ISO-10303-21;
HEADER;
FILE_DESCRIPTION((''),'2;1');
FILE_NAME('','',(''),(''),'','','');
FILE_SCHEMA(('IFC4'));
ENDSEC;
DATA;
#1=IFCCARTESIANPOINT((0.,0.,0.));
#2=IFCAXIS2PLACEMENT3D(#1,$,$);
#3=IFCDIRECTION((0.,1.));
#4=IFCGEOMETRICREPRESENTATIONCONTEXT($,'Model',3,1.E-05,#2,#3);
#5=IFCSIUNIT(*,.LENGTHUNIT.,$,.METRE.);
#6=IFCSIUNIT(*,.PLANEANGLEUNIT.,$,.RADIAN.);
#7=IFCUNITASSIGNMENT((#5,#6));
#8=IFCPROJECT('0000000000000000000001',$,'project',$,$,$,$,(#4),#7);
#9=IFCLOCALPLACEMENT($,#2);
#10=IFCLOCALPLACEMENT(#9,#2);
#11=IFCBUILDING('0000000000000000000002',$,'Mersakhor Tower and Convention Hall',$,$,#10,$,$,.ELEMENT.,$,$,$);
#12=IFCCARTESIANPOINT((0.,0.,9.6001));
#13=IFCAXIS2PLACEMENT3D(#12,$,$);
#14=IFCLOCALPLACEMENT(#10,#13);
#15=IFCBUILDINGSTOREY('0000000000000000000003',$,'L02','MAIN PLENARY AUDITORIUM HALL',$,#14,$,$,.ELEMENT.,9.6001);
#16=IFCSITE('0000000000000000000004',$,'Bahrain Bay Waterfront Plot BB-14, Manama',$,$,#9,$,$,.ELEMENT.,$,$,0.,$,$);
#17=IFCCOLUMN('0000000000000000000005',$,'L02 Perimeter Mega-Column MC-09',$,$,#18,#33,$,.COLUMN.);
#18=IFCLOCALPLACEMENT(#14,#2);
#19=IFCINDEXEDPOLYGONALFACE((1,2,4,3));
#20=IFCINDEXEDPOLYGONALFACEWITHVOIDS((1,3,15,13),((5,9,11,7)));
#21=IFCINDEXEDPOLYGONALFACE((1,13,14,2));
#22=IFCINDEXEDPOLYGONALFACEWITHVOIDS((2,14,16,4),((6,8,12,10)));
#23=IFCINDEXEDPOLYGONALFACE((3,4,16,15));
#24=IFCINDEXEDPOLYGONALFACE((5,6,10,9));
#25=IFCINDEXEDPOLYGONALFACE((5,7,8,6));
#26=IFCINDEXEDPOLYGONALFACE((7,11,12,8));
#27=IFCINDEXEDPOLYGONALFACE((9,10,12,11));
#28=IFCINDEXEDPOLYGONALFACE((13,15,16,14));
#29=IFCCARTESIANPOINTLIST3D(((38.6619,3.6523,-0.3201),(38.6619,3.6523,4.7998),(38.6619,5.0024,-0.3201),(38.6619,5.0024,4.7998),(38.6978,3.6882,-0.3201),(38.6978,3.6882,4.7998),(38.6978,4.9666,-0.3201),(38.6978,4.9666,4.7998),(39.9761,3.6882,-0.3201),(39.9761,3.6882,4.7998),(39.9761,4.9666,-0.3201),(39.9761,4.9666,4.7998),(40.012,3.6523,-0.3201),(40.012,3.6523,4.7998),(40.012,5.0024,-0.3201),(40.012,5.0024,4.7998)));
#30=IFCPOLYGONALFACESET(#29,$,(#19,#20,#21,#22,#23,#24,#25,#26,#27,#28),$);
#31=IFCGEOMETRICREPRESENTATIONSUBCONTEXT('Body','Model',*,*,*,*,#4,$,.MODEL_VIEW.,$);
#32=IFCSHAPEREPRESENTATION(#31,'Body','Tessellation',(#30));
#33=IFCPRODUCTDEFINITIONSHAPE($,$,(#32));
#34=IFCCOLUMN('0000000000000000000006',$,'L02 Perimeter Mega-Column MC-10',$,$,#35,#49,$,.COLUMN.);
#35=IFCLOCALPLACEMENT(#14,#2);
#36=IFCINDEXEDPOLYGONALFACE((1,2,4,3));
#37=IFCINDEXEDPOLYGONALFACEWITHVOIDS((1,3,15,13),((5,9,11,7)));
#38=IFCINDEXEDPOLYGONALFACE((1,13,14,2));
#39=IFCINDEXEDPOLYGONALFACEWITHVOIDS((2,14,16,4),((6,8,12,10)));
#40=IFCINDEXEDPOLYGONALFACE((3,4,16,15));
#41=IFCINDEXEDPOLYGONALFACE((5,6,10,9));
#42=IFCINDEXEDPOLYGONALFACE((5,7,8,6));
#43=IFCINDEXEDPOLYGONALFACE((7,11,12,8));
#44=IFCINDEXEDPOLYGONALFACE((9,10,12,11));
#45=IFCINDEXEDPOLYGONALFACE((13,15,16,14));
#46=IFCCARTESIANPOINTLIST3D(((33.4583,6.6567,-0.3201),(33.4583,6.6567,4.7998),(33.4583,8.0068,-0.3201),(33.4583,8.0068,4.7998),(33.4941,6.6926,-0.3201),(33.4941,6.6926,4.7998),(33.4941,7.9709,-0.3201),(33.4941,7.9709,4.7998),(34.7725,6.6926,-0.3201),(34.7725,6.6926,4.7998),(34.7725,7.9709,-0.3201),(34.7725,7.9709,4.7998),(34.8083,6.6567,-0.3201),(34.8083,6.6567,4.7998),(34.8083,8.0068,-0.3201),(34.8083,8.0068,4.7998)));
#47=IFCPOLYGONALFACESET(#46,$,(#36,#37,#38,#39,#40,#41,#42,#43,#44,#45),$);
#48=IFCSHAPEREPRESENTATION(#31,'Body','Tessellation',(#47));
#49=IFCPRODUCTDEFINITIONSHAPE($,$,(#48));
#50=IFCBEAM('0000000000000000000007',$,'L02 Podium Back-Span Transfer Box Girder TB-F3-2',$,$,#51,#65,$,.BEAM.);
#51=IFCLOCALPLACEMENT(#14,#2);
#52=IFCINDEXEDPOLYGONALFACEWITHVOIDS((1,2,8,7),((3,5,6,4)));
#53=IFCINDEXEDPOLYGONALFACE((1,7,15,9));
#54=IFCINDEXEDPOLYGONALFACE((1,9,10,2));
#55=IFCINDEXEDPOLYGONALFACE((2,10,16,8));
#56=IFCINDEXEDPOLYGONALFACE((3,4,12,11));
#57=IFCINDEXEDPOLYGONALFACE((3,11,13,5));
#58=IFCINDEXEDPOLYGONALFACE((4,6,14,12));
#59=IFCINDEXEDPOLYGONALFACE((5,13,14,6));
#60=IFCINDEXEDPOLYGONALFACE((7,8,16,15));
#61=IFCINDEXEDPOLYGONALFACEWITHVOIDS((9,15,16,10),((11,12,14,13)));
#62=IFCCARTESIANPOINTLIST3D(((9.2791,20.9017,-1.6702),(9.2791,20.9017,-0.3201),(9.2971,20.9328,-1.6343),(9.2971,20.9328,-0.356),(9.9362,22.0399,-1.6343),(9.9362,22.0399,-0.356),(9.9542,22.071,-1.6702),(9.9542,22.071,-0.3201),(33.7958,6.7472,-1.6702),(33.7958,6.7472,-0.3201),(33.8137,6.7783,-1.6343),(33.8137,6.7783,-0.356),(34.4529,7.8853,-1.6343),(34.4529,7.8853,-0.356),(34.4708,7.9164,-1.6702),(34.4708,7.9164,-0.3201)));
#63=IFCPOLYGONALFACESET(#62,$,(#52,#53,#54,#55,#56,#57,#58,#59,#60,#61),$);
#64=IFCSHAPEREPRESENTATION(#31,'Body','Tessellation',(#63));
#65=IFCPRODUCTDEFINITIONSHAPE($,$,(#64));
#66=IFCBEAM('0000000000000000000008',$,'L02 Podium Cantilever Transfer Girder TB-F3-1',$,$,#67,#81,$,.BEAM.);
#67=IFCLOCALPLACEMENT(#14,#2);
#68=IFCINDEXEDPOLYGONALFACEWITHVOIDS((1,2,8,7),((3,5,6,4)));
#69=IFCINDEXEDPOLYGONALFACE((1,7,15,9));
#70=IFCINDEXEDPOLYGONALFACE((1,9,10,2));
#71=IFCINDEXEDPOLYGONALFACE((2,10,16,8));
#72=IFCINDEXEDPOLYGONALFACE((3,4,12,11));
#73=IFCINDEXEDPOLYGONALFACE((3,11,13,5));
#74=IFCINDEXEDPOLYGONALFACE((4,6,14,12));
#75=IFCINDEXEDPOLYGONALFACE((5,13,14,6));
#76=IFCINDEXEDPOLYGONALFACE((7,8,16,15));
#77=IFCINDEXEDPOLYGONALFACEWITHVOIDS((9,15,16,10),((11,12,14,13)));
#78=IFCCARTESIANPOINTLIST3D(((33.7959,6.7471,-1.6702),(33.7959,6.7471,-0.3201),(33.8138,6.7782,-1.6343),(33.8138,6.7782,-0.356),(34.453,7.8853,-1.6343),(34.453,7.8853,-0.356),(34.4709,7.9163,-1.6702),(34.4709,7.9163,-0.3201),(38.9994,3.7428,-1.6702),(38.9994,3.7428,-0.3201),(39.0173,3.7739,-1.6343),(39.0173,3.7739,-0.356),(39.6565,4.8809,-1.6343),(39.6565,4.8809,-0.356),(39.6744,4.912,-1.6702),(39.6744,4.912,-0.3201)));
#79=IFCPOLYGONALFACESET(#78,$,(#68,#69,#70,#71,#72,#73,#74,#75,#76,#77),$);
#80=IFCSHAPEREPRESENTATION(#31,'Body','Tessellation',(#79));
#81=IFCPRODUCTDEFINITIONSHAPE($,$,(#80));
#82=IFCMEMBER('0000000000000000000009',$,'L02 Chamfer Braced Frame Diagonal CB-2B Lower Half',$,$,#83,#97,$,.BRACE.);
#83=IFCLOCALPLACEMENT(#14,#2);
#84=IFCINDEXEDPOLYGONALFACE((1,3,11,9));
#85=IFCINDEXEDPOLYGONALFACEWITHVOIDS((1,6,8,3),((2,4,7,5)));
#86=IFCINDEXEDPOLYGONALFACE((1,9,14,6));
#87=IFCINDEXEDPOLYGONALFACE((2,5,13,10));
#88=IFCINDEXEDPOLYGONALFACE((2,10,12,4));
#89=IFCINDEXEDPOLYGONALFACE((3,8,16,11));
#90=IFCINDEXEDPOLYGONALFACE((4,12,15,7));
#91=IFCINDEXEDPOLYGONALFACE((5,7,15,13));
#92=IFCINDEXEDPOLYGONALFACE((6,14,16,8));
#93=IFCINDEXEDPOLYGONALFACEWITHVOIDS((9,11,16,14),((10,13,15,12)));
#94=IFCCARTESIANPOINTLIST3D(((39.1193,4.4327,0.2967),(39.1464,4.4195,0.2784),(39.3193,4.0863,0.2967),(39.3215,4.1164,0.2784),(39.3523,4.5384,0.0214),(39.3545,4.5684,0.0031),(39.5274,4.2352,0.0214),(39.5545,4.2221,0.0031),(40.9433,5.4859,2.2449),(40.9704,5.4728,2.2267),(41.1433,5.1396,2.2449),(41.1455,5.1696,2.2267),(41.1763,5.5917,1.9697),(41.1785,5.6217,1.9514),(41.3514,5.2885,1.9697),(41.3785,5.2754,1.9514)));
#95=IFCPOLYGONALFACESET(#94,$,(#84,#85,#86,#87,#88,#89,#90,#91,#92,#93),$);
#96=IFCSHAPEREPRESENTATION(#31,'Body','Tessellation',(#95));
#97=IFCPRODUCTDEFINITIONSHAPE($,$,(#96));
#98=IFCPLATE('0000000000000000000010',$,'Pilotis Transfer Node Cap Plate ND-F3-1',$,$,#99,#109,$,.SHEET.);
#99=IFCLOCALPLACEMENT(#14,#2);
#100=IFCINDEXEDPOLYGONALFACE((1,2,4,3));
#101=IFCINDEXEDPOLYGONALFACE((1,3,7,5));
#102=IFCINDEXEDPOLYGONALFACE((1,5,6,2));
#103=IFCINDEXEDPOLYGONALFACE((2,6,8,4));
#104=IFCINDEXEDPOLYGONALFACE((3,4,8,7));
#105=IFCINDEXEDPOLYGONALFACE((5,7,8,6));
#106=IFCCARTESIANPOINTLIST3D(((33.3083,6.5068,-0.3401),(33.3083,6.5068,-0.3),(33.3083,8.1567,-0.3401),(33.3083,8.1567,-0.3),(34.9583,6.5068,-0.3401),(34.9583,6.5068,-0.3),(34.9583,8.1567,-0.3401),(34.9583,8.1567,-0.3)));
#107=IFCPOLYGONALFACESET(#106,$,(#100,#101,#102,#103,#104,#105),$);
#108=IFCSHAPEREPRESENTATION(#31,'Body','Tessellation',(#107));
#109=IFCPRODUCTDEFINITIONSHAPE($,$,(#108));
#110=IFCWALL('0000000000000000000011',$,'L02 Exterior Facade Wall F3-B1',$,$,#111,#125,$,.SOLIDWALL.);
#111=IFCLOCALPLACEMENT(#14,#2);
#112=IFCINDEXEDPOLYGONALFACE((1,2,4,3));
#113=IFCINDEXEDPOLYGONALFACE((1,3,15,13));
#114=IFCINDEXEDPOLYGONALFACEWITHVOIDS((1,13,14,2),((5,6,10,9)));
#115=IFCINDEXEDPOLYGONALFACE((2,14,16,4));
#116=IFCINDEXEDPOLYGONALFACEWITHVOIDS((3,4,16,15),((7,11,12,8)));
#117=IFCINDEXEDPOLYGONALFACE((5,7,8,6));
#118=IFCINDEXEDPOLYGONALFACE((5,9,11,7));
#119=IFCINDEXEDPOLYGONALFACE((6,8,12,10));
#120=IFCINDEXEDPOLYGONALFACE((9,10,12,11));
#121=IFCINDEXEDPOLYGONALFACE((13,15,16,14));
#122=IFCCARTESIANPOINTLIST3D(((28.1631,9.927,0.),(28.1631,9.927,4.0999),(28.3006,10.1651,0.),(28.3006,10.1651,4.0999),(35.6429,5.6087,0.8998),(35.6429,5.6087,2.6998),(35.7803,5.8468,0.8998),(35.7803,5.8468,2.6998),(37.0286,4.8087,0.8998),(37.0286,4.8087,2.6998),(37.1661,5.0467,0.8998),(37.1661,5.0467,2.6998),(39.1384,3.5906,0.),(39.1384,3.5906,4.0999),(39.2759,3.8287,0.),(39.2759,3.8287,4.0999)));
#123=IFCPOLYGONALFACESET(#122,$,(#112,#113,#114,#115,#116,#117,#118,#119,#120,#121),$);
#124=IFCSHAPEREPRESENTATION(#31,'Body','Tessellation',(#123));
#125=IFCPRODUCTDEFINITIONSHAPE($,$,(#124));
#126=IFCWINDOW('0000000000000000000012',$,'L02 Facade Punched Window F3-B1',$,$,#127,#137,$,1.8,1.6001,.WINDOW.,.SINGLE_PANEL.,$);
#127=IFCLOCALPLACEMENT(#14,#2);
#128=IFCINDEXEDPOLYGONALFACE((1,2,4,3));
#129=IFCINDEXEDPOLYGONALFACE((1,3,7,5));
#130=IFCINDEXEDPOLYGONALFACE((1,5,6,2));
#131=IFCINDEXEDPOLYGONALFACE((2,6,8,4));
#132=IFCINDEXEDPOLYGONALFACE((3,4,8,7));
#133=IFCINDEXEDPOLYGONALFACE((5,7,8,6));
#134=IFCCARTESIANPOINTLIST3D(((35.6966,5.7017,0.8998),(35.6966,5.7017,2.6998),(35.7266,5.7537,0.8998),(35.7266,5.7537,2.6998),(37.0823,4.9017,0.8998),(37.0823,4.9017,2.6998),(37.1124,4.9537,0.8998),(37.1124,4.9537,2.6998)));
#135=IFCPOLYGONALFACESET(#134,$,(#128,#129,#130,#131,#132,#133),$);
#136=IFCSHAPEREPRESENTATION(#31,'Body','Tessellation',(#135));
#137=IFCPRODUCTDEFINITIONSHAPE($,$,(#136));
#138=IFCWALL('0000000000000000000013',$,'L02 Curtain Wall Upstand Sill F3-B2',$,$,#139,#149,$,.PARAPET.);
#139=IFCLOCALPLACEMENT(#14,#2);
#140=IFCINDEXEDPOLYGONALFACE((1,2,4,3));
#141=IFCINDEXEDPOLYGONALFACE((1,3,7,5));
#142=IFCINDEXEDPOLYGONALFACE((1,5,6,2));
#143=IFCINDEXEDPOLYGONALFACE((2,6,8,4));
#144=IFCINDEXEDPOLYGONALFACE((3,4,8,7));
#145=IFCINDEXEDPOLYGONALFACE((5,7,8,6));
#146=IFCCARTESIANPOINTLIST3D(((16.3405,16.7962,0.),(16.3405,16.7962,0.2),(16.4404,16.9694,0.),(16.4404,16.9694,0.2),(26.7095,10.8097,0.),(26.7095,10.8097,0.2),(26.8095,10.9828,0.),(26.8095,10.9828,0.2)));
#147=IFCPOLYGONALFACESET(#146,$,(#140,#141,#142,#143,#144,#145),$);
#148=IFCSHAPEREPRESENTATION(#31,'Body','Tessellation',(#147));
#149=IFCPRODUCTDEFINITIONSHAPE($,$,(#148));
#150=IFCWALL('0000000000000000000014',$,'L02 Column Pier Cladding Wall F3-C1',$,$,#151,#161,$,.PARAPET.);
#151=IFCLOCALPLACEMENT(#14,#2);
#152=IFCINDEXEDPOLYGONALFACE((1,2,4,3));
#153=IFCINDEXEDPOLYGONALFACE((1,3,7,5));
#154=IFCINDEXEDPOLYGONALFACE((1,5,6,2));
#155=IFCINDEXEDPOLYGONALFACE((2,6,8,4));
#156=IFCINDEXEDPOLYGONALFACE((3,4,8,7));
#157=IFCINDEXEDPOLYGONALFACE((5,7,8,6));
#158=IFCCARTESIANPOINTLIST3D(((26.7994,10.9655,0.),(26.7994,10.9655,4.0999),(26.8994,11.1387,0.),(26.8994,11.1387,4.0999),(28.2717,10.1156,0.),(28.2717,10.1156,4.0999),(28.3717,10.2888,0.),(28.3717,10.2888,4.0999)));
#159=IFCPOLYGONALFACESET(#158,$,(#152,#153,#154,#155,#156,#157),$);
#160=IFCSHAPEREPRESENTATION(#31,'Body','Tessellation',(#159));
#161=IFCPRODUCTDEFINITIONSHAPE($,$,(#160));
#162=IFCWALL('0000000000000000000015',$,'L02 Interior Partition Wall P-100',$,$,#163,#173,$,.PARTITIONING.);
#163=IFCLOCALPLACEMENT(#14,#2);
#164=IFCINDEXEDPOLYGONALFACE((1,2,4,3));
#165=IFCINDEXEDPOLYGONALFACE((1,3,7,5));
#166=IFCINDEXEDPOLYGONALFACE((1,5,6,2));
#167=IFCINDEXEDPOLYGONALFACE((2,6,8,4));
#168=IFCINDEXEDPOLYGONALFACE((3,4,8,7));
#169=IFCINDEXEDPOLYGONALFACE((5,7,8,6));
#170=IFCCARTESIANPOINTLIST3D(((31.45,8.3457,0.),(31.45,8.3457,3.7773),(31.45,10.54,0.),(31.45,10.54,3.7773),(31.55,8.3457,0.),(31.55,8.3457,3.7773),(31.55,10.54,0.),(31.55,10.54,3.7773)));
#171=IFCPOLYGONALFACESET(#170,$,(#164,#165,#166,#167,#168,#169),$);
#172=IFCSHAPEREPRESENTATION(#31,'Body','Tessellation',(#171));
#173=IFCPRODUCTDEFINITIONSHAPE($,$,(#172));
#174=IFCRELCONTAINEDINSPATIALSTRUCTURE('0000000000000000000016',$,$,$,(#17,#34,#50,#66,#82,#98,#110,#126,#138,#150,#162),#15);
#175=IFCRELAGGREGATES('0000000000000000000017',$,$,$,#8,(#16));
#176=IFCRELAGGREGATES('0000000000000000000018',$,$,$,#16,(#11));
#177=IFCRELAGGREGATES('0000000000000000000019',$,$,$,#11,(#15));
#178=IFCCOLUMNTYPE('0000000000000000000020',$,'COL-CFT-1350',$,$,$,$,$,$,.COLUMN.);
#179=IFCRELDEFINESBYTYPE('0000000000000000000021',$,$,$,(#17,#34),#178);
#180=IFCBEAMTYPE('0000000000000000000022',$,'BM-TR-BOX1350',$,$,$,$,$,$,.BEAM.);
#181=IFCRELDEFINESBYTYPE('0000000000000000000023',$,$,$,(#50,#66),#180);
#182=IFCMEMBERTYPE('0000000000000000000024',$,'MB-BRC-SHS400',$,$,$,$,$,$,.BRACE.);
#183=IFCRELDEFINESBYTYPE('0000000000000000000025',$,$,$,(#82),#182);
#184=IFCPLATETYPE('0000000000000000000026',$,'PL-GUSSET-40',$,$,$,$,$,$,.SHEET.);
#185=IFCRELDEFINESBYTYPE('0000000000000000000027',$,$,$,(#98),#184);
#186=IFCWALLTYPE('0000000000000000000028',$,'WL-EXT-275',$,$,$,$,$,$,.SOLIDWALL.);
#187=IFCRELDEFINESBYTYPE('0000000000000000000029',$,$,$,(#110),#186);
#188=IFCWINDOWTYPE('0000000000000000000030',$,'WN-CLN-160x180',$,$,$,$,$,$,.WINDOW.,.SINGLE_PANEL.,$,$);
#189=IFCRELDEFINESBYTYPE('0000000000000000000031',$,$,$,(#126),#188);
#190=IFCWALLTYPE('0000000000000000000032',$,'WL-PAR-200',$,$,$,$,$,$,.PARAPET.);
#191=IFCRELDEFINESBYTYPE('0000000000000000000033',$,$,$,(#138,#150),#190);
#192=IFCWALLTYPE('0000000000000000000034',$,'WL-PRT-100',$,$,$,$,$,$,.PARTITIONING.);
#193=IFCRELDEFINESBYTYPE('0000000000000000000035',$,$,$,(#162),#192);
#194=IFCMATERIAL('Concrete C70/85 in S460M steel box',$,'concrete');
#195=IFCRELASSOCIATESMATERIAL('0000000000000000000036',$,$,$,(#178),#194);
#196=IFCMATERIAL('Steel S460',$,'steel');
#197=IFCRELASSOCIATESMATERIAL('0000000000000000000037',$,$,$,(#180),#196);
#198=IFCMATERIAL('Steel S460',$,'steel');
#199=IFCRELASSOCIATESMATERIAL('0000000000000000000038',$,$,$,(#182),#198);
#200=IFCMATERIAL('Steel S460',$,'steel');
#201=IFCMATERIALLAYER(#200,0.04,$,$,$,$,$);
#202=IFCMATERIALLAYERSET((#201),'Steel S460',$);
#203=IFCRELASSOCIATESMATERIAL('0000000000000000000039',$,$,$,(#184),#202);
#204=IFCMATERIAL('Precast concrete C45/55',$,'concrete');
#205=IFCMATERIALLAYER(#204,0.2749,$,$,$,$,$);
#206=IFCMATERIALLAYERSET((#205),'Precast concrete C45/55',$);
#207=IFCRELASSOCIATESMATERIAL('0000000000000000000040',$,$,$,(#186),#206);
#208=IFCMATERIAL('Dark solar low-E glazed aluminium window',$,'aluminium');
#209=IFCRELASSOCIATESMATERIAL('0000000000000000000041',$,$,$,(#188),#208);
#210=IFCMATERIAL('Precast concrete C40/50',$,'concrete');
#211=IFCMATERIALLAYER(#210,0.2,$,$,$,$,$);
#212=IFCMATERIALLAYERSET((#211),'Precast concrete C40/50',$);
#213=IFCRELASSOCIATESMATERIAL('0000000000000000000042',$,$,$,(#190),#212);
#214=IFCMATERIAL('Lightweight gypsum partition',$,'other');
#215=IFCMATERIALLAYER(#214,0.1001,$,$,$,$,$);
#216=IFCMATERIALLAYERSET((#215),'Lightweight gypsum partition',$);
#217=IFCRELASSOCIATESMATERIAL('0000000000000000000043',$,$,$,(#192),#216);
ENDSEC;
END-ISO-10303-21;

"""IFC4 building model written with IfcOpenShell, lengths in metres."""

from ifc_helpers import new_model, si_unit, direction, frame, frame_2d, origin, origin_2d, place, context, subcontext, project, spatial, rectangle, hollow_rectangle, extrude, material, layer, layer_set, material_profile, profile_set, type_object, element, fill, save


model = new_model("IFC4")

# Units and contexts
model_context = context("Model", 3, precision=1e-05, world=origin(), true_north=direction((0.0, 1.0)))
body_context = subcontext(model_context, "Body", "Model", "MODEL_VIEW")
ifc_project = project(units=[si_unit("LENGTHUNIT", "METRE"), si_unit("PLANEANGLEUNIT", "RADIAN")], contexts=[model_context])

# Site, building, storey
site_placement = place(None, origin())
site = spatial("IfcSite", under=ifc_project, at=site_placement, Name="Bahrain Bay Waterfront Plot BB-14, Manama", CompositionType="ELEMENT", RefElevation=0.0)
building_placement = place(site_placement, origin())
building = spatial("IfcBuilding", under=site, at=building_placement, Name="Mersakhor Tower and Convention Hall", CompositionType="ELEMENT")
storey_placement = place(building_placement, frame((0.0, 0.0, 9.6001)))
storey = spatial("IfcBuildingStorey", under=building, at=storey_placement, Name="L02", Description="MAIN PLENARY AUDITORIUM HALL", CompositionType="ELEMENT", Elevation=9.6001)

# Columns
ifc_material_1 = material(Name="Concrete C70/85 in S460M steel box", Category="concrete")
ifc_material_profile_1 = material_profile(ifc_material_1, hollow_rectangle(XDim=1.3501, YDim=1.3501, WallThickness=0.0359, at=origin_2d()), Name="SHS 1350x1350x36")
ifc_profile_set_1 = profile_set([ifc_material_profile_1], Name="Concrete C70/85 in S460M steel box")
column_type = type_object("IfcColumnType", Name="COL-CFT-1350", PredefinedType="COLUMN", material=ifc_profile_set_1)
for number, where, z_axis, x_axis, name in (
    (1, (39.3369, 4.3274, -0.3201), (0.0, 0.0, 1.0), (1.0, 0.0, 0.0), "L02 Perimeter Mega-Column MC-09"),
    (2, (34.1333, 7.3318, -0.3201), (0.0, 0.0, 1.0), (1.0, 0.0, 0.0), "L02 Perimeter Mega-Column MC-10"),
):
    element("IfcColumn", number, at=place(storey_placement, frame(where, z_axis=z_axis, x_axis=x_axis)), inside=storey, type_object=column_type, Name=name, PredefinedType="COLUMN", context=body_context, shape_type="SweptSolid", body=[
        extrude(hollow_rectangle(XDim=1.3501, YDim=1.3501, WallThickness=0.0359, at=origin_2d()), origin(), (0.0, 0.0, 1.0), 5.1199),
    ])

# Beams
ifc_material_2 = material(Name="Steel S460", Category="steel")
ifc_material_profile_2 = material_profile(ifc_material_2, hollow_rectangle(XDim=1.3501, YDim=1.3501, WallThickness=0.0359, at=origin_2d()), Name="SHS 1350x1350x36")
ifc_profile_set_2 = profile_set([ifc_material_profile_2], Name="Steel S460")
beam_type = type_object("IfcBeamType", Name="BM-TR-BOX1350", PredefinedType="BEAM", material=ifc_profile_set_2)
beam_1_placement = place(storey_placement, frame((34.1333, 7.3318, -0.9951), z_axis=(-0.866027, 0.499997, 0.0), x_axis=(-0.499997, -0.866027, 0.0)))
element("IfcBeam", 3, at=beam_1_placement, inside=storey, type_object=beam_type, Name="L02 Podium Back-Span Transfer Box Girder TB-F3-2", PredefinedType="BEAM", context=body_context, shape_type="SweptSolid", body=[
    extrude(hollow_rectangle(XDim=1.3501, YDim=1.3501, WallThickness=0.0359, at=origin_2d()), origin(), (0.0, 0.0, 1.0), 28.3093),
])
beam_2_placement = place(storey_placement, frame((39.3369, 4.3274, -0.9951), z_axis=(-0.866019, 0.500011, 0.0), x_axis=(-0.500011, -0.866019, 0.0)))
element("IfcBeam", 4, at=beam_2_placement, inside=storey, type_object=beam_type, Name="L02 Podium Cantilever Transfer Girder TB-F3-1", PredefinedType="BEAM", context=body_context, shape_type="SweptSolid", body=[
    extrude(hollow_rectangle(XDim=1.3501, YDim=1.3501, WallThickness=0.0359, at=origin_2d()), origin(), (0.0, 0.0, 1.0), 6.0085),
])

# Member
ifc_material_3 = material(Name="Steel S460", Category="steel")
ifc_material_profile_3 = material_profile(ifc_material_3, hollow_rectangle(XDim=0.3999, YDim=0.3999, WallThickness=0.0249, at=origin_2d()), Name="SHS 400x400x25")
ifc_profile_set_3 = profile_set([ifc_material_profile_3], Name="Steel S460")
member_type = type_object("IfcMemberType", Name="MB-BRC-SHS400", PredefinedType="BRACE", material=ifc_profile_set_3)
member_placement = place(storey_placement, frame((39.3369, 4.3274, 0.1499), z_axis=(0.635728, 0.36709, 0.67904), x_axis=(-0.500054, 0.865994, 0.0)))
element("IfcMember", 5, at=member_placement, inside=storey, type_object=member_type, Name="L02 Chamfer Braced Frame Diagonal CB-2B Lower Half", PredefinedType="BRACE", context=body_context, shape_type="SweptSolid", body=[
    extrude(hollow_rectangle(XDim=0.3999, YDim=0.3999, WallThickness=0.0249, at=origin_2d()), origin(), (0.0, 0.0, 1.0), 2.8691),
])

# Plate
ifc_material_4 = material(Name="Steel S460", Category="steel")
ifc_layer_1 = layer(ifc_material_4, 0.04)
ifc_layer_set_1 = layer_set([ifc_layer_1], Name="Steel S460")
plate_type = type_object("IfcPlateType", Name="PL-GUSSET-40", PredefinedType="SHEET", material=ifc_layer_set_1)
plate_placement = place(storey_placement, frame((34.1333, 7.3318, -0.3401), z_axis=(0.0, 0.0, 1.0), x_axis=(1.0, 0.0, 0.0)))
element("IfcPlate", 6, at=plate_placement, inside=storey, type_object=plate_type, Name="Pilotis Transfer Node Cap Plate ND-F3-1", PredefinedType="SHEET", context=body_context, shape_type="SweptSolid", body=[
    extrude(rectangle(XDim=1.6499, YDim=1.6499, at=origin_2d()), origin(), (0.0, 0.0, 1.0), 0.04),
])

# Wall, opening, window
ifc_material_5 = material(Name="Precast concrete C45/55", Category="concrete")
ifc_layer_2 = layer(ifc_material_5, 0.2749)
ifc_layer_set_2 = layer_set([ifc_layer_2], Name="Precast concrete C45/55")
wall_type_1 = type_object("IfcWallType", Name="WL-EXT-275", PredefinedType="SOLIDWALL", material=ifc_layer_set_2)
wall_1_placement = place(storey_placement, frame((39.207, 3.7097, 0.0), z_axis=(0.0, 0.0, 1.0), x_axis=(-0.866032, 0.499989, 0.0)))
wall_1 = element("IfcWall", 7, at=wall_1_placement, inside=storey, type_object=wall_type_1, Name="L02 Exterior Facade Wall F3-B1", PredefinedType="SOLIDWALL", context=body_context, shape_type="SweptSolid", body=[
    extrude(rectangle(XDim=12.6731, YDim=0.2749, at=frame_2d((6.3364, 0.0))), origin(), (0.0, 0.0, 1.0), 4.0999),
])
opening_1_placement = place(wall_1_placement, frame((2.436, 0.0, 0.8999)))
opening_1 = element("IfcOpeningElement", 8, at=opening_1_placement, cuts=wall_1, PredefinedType="OPENING", context=body_context, shape_type="SweptSolid", body=[
    extrude(rectangle(XDim=1.6001, YDim=1.8, at=frame_2d((0.8, 0.8999))), frame((0.0, 0.1475, 0.0), z_axis=(0.0, -1.0, 0.0), x_axis=(1.0, 0.0, 0.0)), (0.0, 0.0, 1.0), 0.2949),
])
ifc_material_6 = material(Name="Dark solar low-E glazed aluminium window", Category="aluminium")
window_type = type_object("IfcWindowType", Name="WN-CLN-160x180", PartitioningType="SINGLE_PANEL", PredefinedType="WINDOW", material=ifc_material_6)
window_placement = place(opening_1_placement, origin())
window = element("IfcWindow", 9, at=window_placement, inside=storey, type_object=window_type, Name="L02 Facade Punched Window F3-B1", OverallHeight=1.8, OverallWidth=1.6001, PartitioningType="SINGLE_PANEL", PredefinedType="WINDOW", context=body_context, shape_type="SweptSolid", body=[
    extrude(rectangle(XDim=1.6001, YDim=1.8, at=frame_2d((0.8, 0.8999))), frame((0.0, 0.03, 0.0), z_axis=(0.0, -1.0, 0.0), x_axis=(1.0, 0.0, 0.0)), (0.0, 0.0, 1.0), 0.0601),
])
fill(opening_1, window)

# Walls
ifc_material_7 = material(Name="Precast concrete C40/50", Category="concrete")
ifc_layer_3 = layer(ifc_material_7, 0.2)
ifc_layer_set_3 = layer_set([ifc_layer_3], Name="Precast concrete C40/50")
wall_type_2 = type_object("IfcWallType", Name="WL-PAR-200", PredefinedType="PARAPET", material=ifc_layer_set_3)
wall_2_placement = place(storey_placement, frame((26.7595, 10.8962, 0.0), z_axis=(0.0, 0.0, 1.0), x_axis=(-0.866027, 0.499997, 0.0)))
element("IfcWall", 10, at=wall_2_placement, inside=storey, type_object=wall_type_2, Name="L02 Curtain Wall Upstand Sill F3-B2", PredefinedType="PARAPET", context=body_context, shape_type="SweptSolid", body=[
    extrude(rectangle(XDim=11.9731, YDim=0.2, at=frame_2d((5.9866, 0.0))), origin(), (0.0, 0.0, 1.0), 0.2),
])
wall_3_placement = place(storey_placement, frame((28.3218, 10.2021, 0.0), z_axis=(0.0, 0.0, 1.0), x_axis=(-0.866052, 0.499955, 0.0)))
element("IfcWall", 11, at=wall_3_placement, inside=storey, type_object=wall_type_2, Name="L02 Column Pier Cladding Wall F3-C1", PredefinedType="PARAPET", context=body_context, shape_type="SweptSolid", body=[
    extrude(rectangle(XDim=1.7, YDim=0.2, at=frame_2d((0.8501, 0.0))), origin(), (0.0, 0.0, 1.0), 4.0999),
])
ifc_material_8 = material(Name="Lightweight gypsum partition", Category="other")
ifc_layer_4 = layer(ifc_material_8, 0.1001)
ifc_layer_set_4 = layer_set([ifc_layer_4], Name="Lightweight gypsum partition")
wall_type_3 = type_object("IfcWallType", Name="WL-PRT-100", PredefinedType="PARTITIONING", material=ifc_layer_set_4)
wall_4_placement = place(storey_placement, frame((31.5, 8.3457, 0.0), z_axis=(0.0, 0.0, 1.0), x_axis=(0.0, 1.0, 0.0)))
element("IfcWall", 12, at=wall_4_placement, inside=storey, type_object=wall_type_3, Name="L02 Interior Partition Wall P-100", PredefinedType="PARTITIONING", context=body_context, shape_type="SweptSolid", body=[
    extrude(rectangle(XDim=2.1943, YDim=0.1001, at=frame_2d((1.0972, 0.0))), origin(), (0.0, 0.0, 1.0), 3.7773),
])

save(model, "model.ifc")
